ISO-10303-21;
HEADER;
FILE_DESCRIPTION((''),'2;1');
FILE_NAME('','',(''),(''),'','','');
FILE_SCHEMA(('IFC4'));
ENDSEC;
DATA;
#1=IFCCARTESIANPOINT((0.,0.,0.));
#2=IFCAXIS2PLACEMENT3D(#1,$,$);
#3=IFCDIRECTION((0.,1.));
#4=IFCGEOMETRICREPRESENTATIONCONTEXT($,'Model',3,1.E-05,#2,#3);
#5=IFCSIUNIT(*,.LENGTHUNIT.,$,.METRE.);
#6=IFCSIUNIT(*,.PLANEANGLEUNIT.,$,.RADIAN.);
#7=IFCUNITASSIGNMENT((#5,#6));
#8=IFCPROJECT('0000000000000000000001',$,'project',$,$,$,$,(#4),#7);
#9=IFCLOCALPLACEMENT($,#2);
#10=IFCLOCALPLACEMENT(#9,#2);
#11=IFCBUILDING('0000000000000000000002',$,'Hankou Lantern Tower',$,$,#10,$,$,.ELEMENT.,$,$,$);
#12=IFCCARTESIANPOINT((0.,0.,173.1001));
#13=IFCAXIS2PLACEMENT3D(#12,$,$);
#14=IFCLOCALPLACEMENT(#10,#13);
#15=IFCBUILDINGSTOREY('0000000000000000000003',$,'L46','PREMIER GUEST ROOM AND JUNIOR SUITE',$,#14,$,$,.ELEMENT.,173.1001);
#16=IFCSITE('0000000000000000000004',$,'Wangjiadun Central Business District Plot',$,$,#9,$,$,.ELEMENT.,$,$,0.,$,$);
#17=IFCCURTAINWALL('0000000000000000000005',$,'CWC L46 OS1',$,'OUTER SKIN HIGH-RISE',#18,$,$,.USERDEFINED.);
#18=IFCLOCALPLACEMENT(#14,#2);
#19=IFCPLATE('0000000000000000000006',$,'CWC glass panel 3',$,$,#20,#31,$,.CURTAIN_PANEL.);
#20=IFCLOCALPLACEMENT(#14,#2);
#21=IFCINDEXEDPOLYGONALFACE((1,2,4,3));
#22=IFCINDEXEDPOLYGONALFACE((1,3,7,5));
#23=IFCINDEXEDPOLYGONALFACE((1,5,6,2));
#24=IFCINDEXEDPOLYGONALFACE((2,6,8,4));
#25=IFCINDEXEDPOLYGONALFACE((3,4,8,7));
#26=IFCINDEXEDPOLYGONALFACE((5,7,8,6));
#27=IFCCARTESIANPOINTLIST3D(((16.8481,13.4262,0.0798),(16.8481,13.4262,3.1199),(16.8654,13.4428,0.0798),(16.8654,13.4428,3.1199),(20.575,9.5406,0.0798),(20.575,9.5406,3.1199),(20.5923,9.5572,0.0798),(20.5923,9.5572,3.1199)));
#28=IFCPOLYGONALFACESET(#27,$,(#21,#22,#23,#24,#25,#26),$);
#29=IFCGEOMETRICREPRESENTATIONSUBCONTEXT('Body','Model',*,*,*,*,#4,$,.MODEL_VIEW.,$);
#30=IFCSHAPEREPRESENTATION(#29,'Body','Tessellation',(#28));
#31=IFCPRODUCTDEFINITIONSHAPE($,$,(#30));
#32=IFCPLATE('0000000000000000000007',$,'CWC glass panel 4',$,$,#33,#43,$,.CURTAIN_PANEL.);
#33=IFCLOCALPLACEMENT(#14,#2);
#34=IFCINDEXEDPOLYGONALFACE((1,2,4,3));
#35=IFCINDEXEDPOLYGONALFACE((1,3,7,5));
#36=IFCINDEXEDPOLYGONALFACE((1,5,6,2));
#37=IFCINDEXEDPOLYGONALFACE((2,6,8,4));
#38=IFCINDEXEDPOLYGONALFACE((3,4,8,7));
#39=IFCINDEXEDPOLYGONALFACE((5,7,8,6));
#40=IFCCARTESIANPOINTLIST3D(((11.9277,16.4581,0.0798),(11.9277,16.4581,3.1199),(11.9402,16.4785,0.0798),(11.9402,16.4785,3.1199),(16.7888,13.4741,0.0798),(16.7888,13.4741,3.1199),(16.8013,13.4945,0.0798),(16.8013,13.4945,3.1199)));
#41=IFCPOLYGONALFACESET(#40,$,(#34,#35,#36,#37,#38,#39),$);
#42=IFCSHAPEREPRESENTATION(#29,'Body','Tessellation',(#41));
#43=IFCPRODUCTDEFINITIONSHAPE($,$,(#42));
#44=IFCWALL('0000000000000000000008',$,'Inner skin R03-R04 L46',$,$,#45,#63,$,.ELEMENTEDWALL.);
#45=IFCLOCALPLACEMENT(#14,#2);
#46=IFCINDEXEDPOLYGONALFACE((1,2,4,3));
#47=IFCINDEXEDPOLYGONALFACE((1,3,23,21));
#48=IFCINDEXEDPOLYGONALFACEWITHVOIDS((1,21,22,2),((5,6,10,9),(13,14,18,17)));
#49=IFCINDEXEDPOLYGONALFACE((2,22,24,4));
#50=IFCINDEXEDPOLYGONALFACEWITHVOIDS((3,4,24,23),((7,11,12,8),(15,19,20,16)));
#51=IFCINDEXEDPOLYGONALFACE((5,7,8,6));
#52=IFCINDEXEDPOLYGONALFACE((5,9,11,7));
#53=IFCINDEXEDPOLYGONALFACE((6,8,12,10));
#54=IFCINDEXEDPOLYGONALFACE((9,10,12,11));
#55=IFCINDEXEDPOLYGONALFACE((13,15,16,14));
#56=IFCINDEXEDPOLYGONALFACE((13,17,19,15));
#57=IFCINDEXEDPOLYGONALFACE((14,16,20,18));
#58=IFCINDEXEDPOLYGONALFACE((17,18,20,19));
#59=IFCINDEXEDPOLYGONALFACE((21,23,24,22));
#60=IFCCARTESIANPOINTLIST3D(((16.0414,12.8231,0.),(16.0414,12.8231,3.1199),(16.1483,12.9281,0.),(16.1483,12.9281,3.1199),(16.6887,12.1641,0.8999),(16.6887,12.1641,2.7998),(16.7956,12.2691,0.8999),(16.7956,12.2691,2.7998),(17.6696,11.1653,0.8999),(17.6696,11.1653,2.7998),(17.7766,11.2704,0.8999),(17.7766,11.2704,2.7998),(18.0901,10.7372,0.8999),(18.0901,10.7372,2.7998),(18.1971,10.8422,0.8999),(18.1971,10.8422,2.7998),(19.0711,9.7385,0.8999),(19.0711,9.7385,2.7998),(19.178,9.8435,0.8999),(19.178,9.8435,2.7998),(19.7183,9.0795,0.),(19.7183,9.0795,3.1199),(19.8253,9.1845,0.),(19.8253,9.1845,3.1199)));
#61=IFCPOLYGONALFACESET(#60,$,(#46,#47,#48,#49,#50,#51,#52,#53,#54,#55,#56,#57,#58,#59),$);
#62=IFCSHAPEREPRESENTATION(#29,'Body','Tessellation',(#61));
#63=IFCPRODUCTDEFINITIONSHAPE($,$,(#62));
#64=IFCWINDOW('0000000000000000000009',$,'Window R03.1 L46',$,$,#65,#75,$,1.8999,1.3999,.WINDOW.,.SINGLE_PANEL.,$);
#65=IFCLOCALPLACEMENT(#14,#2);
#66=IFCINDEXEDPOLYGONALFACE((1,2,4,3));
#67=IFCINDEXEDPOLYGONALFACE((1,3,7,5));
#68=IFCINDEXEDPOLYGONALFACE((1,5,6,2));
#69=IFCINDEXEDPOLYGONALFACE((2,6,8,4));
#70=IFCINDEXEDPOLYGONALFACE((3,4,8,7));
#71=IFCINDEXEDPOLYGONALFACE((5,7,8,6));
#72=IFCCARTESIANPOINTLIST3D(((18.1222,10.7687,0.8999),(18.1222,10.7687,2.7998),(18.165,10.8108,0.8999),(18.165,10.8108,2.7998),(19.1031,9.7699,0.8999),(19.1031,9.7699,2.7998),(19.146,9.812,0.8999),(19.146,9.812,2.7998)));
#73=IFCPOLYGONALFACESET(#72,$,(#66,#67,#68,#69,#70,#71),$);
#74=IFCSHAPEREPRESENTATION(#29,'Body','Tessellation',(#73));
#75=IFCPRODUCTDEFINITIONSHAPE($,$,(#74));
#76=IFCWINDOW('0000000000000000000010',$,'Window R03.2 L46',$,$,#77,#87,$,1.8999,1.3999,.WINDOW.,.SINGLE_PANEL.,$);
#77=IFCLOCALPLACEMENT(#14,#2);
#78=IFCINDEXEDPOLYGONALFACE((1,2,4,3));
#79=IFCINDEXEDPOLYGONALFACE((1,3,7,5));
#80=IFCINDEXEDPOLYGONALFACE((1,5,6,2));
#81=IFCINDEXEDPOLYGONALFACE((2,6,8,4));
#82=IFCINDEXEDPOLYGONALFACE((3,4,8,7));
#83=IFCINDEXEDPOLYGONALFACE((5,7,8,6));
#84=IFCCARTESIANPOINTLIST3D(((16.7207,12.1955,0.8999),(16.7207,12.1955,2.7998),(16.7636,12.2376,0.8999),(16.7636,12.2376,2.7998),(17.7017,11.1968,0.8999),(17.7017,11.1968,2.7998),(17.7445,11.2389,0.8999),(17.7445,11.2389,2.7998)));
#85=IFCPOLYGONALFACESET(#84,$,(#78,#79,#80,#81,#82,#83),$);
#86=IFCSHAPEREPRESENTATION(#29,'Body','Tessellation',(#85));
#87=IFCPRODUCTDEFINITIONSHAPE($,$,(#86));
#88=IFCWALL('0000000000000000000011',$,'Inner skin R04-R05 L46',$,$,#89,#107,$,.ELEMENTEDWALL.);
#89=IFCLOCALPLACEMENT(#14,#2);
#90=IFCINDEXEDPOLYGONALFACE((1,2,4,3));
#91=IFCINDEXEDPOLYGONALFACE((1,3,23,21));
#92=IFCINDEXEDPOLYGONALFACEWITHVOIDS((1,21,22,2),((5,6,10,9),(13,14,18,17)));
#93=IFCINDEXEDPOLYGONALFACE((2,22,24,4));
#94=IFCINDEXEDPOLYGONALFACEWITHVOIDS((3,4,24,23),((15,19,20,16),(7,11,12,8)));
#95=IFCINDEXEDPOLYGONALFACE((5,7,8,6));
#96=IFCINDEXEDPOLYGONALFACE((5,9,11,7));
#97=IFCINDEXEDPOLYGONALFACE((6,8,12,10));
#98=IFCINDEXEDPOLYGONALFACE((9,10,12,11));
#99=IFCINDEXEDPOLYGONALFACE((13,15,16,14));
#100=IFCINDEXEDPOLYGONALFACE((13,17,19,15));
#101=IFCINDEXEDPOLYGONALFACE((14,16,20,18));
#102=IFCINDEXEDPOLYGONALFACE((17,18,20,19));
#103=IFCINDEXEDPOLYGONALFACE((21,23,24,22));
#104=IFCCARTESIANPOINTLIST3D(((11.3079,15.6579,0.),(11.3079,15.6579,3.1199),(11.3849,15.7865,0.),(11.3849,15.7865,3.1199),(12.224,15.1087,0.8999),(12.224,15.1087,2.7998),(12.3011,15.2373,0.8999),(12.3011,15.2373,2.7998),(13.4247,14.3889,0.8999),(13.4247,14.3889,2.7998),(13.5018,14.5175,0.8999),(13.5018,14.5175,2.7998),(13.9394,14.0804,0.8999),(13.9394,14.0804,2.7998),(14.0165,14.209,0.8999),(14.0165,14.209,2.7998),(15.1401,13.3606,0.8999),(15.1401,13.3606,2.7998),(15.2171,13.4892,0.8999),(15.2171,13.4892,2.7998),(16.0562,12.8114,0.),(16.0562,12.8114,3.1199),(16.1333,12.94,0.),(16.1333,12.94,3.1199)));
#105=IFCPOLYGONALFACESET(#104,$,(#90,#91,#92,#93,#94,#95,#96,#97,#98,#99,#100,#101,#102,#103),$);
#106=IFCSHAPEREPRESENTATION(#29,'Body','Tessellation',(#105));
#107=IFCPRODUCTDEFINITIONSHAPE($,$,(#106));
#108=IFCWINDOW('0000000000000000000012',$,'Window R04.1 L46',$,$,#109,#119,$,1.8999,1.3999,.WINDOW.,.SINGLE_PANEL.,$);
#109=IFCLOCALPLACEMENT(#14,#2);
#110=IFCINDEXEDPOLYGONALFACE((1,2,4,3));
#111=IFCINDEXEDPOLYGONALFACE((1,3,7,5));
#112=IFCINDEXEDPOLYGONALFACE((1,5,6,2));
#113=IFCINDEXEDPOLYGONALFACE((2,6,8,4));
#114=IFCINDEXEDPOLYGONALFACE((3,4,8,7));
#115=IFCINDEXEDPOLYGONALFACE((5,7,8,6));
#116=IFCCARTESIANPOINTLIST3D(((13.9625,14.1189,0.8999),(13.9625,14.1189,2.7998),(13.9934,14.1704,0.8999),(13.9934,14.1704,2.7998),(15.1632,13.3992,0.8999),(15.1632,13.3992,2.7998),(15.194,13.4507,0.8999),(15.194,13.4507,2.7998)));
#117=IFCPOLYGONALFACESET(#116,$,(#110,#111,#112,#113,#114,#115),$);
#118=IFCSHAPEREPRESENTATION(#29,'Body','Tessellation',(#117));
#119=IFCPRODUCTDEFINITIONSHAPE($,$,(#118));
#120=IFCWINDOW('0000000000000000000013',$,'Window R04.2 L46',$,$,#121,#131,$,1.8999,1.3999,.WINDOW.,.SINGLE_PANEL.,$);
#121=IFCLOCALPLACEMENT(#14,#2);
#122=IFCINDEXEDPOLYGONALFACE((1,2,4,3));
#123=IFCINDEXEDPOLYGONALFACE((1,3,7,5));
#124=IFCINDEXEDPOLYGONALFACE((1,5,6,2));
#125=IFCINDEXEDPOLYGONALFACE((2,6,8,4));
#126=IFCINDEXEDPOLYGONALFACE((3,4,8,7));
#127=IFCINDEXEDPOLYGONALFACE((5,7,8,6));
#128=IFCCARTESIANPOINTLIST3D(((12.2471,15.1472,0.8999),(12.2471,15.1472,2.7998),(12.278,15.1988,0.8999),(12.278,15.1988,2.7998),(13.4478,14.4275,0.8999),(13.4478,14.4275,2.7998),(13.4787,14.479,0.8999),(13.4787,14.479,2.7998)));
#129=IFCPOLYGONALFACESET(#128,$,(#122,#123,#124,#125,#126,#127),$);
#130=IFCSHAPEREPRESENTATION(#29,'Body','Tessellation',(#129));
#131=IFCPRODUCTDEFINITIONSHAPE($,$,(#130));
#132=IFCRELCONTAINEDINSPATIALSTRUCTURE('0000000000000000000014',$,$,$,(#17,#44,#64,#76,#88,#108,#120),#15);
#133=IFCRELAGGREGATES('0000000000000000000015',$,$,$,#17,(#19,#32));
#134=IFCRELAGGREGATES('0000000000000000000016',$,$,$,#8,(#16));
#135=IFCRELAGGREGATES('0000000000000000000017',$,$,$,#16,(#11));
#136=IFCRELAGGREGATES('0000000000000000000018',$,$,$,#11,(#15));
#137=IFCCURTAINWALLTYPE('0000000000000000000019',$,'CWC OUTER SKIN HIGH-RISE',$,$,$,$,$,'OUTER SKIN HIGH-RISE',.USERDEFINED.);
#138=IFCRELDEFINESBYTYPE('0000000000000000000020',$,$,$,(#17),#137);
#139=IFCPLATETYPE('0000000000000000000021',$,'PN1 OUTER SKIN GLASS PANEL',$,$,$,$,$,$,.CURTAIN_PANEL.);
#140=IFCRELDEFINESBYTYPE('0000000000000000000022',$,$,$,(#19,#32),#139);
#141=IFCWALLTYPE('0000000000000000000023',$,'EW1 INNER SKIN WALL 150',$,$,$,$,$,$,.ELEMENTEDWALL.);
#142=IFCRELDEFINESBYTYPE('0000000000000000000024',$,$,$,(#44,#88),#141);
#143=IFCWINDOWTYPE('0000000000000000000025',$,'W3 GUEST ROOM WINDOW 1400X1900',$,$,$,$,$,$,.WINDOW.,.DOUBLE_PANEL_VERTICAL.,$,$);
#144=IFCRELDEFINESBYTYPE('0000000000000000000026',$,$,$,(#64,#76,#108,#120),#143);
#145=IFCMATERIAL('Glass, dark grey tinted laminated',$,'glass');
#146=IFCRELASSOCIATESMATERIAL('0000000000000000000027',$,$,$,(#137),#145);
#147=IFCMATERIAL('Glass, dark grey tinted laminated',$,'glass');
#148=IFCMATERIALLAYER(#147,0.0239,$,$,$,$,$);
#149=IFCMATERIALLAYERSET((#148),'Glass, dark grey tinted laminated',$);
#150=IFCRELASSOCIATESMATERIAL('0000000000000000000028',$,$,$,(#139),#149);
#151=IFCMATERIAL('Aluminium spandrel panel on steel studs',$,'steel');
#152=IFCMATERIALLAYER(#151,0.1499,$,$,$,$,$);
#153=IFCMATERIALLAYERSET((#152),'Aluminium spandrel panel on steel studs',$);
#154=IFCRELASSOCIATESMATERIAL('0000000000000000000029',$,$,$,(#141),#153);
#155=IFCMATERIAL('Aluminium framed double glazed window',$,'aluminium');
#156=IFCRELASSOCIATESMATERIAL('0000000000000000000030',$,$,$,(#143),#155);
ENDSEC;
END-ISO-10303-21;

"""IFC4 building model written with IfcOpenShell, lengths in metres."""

from ifc_helpers import new_model, si_unit, direction, frame, frame_2d, origin, origin_2d, place, context, subcontext, project, spatial, rectangle, extrude, material, layer, layer_set, type_object, element, fill, aggregate, save


model = new_model("IFC4")

# Units and contexts
model_context = context("Model", 3, precision=1e-05, world=origin(), true_north=direction((0.0, 1.0)))
body_context = subcontext(model_context, "Body", "Model", "MODEL_VIEW")
ifc_project = project(units=[si_unit("LENGTHUNIT", "METRE"), si_unit("PLANEANGLEUNIT", "RADIAN")], contexts=[model_context])

# Site, building, storey
site_placement = place(None, origin())
site = spatial("IfcSite", under=ifc_project, at=site_placement, Name="Wangjiadun Central Business District Plot", CompositionType="ELEMENT", RefElevation=0.0)
building_placement = place(site_placement, origin())
building = spatial("IfcBuilding", under=site, at=building_placement, Name="Hankou Lantern Tower", CompositionType="ELEMENT")
storey_placement = place(building_placement, frame((0.0, 0.0, 173.1001)))
storey = spatial("IfcBuildingStorey", under=building, at=storey_placement, Name="L46", Description="PREMIER GUEST ROOM AND JUNIOR SUITE", CompositionType="ELEMENT", Elevation=173.1001)

# Curtain wall
ifc_material_1 = material(Name="Glass, dark grey tinted laminated", Category="glass")
curtain_wall_type = type_object("IfcCurtainWallType", Name="CWC OUTER SKIN HIGH-RISE", ElementType="OUTER SKIN HIGH-RISE", PredefinedType="USERDEFINED", material=ifc_material_1)
curtain_wall_placement = place(storey_placement, origin())
curtain_wall = element("IfcCurtainWall", 1, at=curtain_wall_placement, inside=storey, type_object=curtain_wall_type, Name="CWC L46 OS1", ObjectType="OUTER SKIN HIGH-RISE", PredefinedType="USERDEFINED")

# Plates
ifc_material_2 = material(Name="Glass, dark grey tinted laminated", Category="glass")
ifc_layer_1 = layer(ifc_material_2, 0.0239)
ifc_layer_set_1 = layer_set([ifc_layer_1], Name="Glass, dark grey tinted laminated")
plate_type = type_object("IfcPlateType", Name="PN1 OUTER SKIN GLASS PANEL", PredefinedType="CURTAIN_PANEL", material=ifc_layer_set_1)
plate_1_placement = place(storey_placement, frame((18.7202, 11.4917, 0.0798), z_axis=(0.0, 0.0, 1.0), x_axis=(-0.692216, 0.721691, 0.0)))
plate_1 = element("IfcPlate", 2, at=plate_1_placement, type_object=plate_type, Name="CWC glass panel 3", PredefinedType="CURTAIN_PANEL", context=body_context, shape_type="SweptSolid", body=[
    extrude(rectangle(XDim=5.384, YDim=0.0239, at=origin_2d()), origin(), (0.0, 0.0, 1.0), 3.04),
])
plate_2_placement = place(storey_placement, frame((14.3645, 14.9763, 0.0798), z_axis=(0.0, 0.0, 1.0), x_axis=(-0.852237, 0.523156, 0.0)))
plate_2 = element("IfcPlate", 3, at=plate_2_placement, type_object=plate_type, Name="CWC glass panel 4", PredefinedType="CURTAIN_PANEL", context=body_context, shape_type="SweptSolid", body=[
    extrude(rectangle(XDim=5.7039, YDim=0.0239, at=origin_2d()), origin(), (0.0, 0.0, 1.0), 3.04),
])
aggregate(curtain_wall, [plate_1, plate_2])

# Walls, openings, windows
ifc_material_3 = material(Name="Aluminium spandrel panel on steel studs", Category="steel")
ifc_layer_2 = layer(ifc_material_3, 0.1499)
ifc_layer_set_2 = layer_set([ifc_layer_2], Name="Aluminium spandrel panel on steel studs")
wall_type_1 = type_object("IfcWallType", Name="EW1 INNER SKIN WALL 150", PredefinedType="ELEMENTEDWALL", material=ifc_layer_set_2)
wall_1_placement = place(storey_placement, frame((19.7717, 9.1321, 0.0), z_axis=(0.0, 0.0, 1.0), x_axis=(-0.700727, 0.713429, 0.0)))
wall_1 = element("IfcWall", 4, at=wall_1_placement, inside=storey, type_object=wall_type_1, Name="Inner skin R03-R04 L46", PredefinedType="ELEMENTEDWALL", context=body_context, shape_type="SweptSolid", body=[
    extrude(rectangle(XDim=5.2473, YDim=0.1499, at=frame_2d((2.6235, 0.0))), origin(), (0.0, 0.0, 1.0), 3.1199),
])
opening_1_placement = place(wall_1_placement, frame((0.9236, 0.0, 0.8999)))
opening_1 = element("IfcOpeningElement", 5, at=opening_1_placement, cuts=wall_1, PredefinedType="OPENING", context=body_context, shape_type="SweptSolid", body=[
    extrude(rectangle(XDim=1.3999, YDim=1.8999, at=frame_2d((0.7, 0.95))), frame((0.0, 0.085, 0.0), z_axis=(0.0, -1.0, 0.0), x_axis=(1.0, 0.0, 0.0)), (0.0, 0.0, 1.0), 0.1699),
])
opening_2_placement = place(wall_1_placement, frame((2.9236, 0.0, 0.8999)))
opening_2 = element("IfcOpeningElement", 6, at=opening_2_placement, cuts=wall_1, PredefinedType="OPENING", context=body_context, shape_type="SweptSolid", body=[
    extrude(rectangle(XDim=1.3999, YDim=1.8999, at=frame_2d((0.7, 0.95))), frame((0.0, 0.085, 0.0), z_axis=(0.0, -1.0, 0.0), x_axis=(1.0, 0.0, 0.0)), (0.0, 0.0, 1.0), 0.1699),
])
ifc_material_4 = material(Name="Aluminium framed double glazed window", Category="aluminium")
window_type = type_object("IfcWindowType", Name="W3 GUEST ROOM WINDOW 1400X1900", PartitioningType="DOUBLE_PANEL_VERTICAL", PredefinedType="WINDOW", material=ifc_material_4)
window_1_placement = place(opening_1_placement, origin())
window_1 = element("IfcWindow", 7, at=window_1_placement, inside=storey, type_object=window_type, Name="Window R03.1 L46", OverallHeight=1.8999, OverallWidth=1.3999, PartitioningType="SINGLE_PANEL", PredefinedType="WINDOW", context=body_context, shape_type="SweptSolid", body=[
    extrude(rectangle(XDim=1.3999, YDim=1.8999, at=frame_2d((0.7, 0.95))), frame((0.0, 0.03, 0.0), z_axis=(0.0, -1.0, 0.0), x_axis=(1.0, 0.0, 0.0)), (0.0, 0.0, 1.0), 0.0601),
])
fill(opening_1, window_1)
window_2_placement = place(opening_2_placement, origin())
window_2 = element("IfcWindow", 8, at=window_2_placement, inside=storey, type_object=window_type, Name="Window R03.2 L46", OverallHeight=1.8999, OverallWidth=1.3999, PartitioningType="SINGLE_PANEL", PredefinedType="WINDOW", context=body_context, shape_type="SweptSolid", body=[
    extrude(rectangle(XDim=1.3999, YDim=1.8999, at=frame_2d((0.7, 0.95))), frame((0.0, 0.03, 0.0), z_axis=(0.0, -1.0, 0.0), x_axis=(1.0, 0.0, 0.0)), (0.0, 0.0, 1.0), 0.0601),
])
fill(opening_2, window_2)
wall_2_placement = place(storey_placement, frame((16.0947, 12.8757, 0.0), z_axis=(0.0, 0.0, 1.0), x_axis=(-0.857695, 0.514158, 0.0)))
wall_2 = element("IfcWall", 9, at=wall_2_placement, inside=storey, type_object=wall_type_1, Name="Inner skin R04-R05 L46", PredefinedType="ELEMENTEDWALL", context=body_context, shape_type="SweptSolid", body=[
    extrude(rectangle(XDim=5.5361, YDim=0.1499, at=frame_2d((2.7681, 0.0))), origin(), (0.0, 0.0, 1.0), 3.1199),
])
opening_3_placement = place(wall_2_placement, frame((1.0681, 0.0, 0.8999)))
opening_3 = element("IfcOpeningElement", 10, at=opening_3_placement, cuts=wall_2, PredefinedType="OPENING", context=body_context, shape_type="SweptSolid", body=[
    extrude(rectangle(XDim=1.3999, YDim=1.8999, at=frame_2d((0.7, 0.95))), frame((0.0, 0.085, 0.0), z_axis=(0.0, -1.0, 0.0), x_axis=(1.0, 0.0, 0.0)), (0.0, 0.0, 1.0), 0.1699),
])
opening_4_placement = place(wall_2_placement, frame((3.0681, 0.0, 0.8999)))
opening_4 = element("IfcOpeningElement", 11, at=opening_4_placement, cuts=wall_2, PredefinedType="OPENING", context=body_context, shape_type="SweptSolid", body=[
    extrude(rectangle(XDim=1.3999, YDim=1.8999, at=frame_2d((0.7, 0.95))), frame((0.0, 0.085, 0.0), z_axis=(0.0, -1.0, 0.0), x_axis=(1.0, 0.0, 0.0)), (0.0, 0.0, 1.0), 0.1699),
])
window_3_placement = place(opening_3_placement, origin())
window_3 = element("IfcWindow", 12, at=window_3_placement, inside=storey, type_object=window_type, Name="Window R04.1 L46", OverallHeight=1.8999, OverallWidth=1.3999, PartitioningType="SINGLE_PANEL", PredefinedType="WINDOW", context=body_context, shape_type="SweptSolid", body=[
    extrude(rectangle(XDim=1.3999, YDim=1.8999, at=frame_2d((0.7, 0.95))), frame((0.0, 0.03, 0.0), z_axis=(0.0, -1.0, 0.0), x_axis=(1.0, 0.0, 0.0)), (0.0, 0.0, 1.0), 0.0601),
])
fill(opening_3, window_3)
window_4_placement = place(opening_4_placement, origin())
window_4 = element("IfcWindow", 13, at=window_4_placement, inside=storey, type_object=window_type, Name="Window R04.2 L46", OverallHeight=1.8999, OverallWidth=1.3999, PartitioningType="SINGLE_PANEL", PredefinedType="WINDOW", context=body_context, shape_type="SweptSolid", body=[
    extrude(rectangle(XDim=1.3999, YDim=1.8999, at=frame_2d((0.7, 0.95))), frame((0.0, 0.03, 0.0), z_axis=(0.0, -1.0, 0.0), x_axis=(1.0, 0.0, 0.0)), (0.0, 0.0, 1.0), 0.0601),
])
fill(opening_4, window_4)

save(model, "model.ifc")
